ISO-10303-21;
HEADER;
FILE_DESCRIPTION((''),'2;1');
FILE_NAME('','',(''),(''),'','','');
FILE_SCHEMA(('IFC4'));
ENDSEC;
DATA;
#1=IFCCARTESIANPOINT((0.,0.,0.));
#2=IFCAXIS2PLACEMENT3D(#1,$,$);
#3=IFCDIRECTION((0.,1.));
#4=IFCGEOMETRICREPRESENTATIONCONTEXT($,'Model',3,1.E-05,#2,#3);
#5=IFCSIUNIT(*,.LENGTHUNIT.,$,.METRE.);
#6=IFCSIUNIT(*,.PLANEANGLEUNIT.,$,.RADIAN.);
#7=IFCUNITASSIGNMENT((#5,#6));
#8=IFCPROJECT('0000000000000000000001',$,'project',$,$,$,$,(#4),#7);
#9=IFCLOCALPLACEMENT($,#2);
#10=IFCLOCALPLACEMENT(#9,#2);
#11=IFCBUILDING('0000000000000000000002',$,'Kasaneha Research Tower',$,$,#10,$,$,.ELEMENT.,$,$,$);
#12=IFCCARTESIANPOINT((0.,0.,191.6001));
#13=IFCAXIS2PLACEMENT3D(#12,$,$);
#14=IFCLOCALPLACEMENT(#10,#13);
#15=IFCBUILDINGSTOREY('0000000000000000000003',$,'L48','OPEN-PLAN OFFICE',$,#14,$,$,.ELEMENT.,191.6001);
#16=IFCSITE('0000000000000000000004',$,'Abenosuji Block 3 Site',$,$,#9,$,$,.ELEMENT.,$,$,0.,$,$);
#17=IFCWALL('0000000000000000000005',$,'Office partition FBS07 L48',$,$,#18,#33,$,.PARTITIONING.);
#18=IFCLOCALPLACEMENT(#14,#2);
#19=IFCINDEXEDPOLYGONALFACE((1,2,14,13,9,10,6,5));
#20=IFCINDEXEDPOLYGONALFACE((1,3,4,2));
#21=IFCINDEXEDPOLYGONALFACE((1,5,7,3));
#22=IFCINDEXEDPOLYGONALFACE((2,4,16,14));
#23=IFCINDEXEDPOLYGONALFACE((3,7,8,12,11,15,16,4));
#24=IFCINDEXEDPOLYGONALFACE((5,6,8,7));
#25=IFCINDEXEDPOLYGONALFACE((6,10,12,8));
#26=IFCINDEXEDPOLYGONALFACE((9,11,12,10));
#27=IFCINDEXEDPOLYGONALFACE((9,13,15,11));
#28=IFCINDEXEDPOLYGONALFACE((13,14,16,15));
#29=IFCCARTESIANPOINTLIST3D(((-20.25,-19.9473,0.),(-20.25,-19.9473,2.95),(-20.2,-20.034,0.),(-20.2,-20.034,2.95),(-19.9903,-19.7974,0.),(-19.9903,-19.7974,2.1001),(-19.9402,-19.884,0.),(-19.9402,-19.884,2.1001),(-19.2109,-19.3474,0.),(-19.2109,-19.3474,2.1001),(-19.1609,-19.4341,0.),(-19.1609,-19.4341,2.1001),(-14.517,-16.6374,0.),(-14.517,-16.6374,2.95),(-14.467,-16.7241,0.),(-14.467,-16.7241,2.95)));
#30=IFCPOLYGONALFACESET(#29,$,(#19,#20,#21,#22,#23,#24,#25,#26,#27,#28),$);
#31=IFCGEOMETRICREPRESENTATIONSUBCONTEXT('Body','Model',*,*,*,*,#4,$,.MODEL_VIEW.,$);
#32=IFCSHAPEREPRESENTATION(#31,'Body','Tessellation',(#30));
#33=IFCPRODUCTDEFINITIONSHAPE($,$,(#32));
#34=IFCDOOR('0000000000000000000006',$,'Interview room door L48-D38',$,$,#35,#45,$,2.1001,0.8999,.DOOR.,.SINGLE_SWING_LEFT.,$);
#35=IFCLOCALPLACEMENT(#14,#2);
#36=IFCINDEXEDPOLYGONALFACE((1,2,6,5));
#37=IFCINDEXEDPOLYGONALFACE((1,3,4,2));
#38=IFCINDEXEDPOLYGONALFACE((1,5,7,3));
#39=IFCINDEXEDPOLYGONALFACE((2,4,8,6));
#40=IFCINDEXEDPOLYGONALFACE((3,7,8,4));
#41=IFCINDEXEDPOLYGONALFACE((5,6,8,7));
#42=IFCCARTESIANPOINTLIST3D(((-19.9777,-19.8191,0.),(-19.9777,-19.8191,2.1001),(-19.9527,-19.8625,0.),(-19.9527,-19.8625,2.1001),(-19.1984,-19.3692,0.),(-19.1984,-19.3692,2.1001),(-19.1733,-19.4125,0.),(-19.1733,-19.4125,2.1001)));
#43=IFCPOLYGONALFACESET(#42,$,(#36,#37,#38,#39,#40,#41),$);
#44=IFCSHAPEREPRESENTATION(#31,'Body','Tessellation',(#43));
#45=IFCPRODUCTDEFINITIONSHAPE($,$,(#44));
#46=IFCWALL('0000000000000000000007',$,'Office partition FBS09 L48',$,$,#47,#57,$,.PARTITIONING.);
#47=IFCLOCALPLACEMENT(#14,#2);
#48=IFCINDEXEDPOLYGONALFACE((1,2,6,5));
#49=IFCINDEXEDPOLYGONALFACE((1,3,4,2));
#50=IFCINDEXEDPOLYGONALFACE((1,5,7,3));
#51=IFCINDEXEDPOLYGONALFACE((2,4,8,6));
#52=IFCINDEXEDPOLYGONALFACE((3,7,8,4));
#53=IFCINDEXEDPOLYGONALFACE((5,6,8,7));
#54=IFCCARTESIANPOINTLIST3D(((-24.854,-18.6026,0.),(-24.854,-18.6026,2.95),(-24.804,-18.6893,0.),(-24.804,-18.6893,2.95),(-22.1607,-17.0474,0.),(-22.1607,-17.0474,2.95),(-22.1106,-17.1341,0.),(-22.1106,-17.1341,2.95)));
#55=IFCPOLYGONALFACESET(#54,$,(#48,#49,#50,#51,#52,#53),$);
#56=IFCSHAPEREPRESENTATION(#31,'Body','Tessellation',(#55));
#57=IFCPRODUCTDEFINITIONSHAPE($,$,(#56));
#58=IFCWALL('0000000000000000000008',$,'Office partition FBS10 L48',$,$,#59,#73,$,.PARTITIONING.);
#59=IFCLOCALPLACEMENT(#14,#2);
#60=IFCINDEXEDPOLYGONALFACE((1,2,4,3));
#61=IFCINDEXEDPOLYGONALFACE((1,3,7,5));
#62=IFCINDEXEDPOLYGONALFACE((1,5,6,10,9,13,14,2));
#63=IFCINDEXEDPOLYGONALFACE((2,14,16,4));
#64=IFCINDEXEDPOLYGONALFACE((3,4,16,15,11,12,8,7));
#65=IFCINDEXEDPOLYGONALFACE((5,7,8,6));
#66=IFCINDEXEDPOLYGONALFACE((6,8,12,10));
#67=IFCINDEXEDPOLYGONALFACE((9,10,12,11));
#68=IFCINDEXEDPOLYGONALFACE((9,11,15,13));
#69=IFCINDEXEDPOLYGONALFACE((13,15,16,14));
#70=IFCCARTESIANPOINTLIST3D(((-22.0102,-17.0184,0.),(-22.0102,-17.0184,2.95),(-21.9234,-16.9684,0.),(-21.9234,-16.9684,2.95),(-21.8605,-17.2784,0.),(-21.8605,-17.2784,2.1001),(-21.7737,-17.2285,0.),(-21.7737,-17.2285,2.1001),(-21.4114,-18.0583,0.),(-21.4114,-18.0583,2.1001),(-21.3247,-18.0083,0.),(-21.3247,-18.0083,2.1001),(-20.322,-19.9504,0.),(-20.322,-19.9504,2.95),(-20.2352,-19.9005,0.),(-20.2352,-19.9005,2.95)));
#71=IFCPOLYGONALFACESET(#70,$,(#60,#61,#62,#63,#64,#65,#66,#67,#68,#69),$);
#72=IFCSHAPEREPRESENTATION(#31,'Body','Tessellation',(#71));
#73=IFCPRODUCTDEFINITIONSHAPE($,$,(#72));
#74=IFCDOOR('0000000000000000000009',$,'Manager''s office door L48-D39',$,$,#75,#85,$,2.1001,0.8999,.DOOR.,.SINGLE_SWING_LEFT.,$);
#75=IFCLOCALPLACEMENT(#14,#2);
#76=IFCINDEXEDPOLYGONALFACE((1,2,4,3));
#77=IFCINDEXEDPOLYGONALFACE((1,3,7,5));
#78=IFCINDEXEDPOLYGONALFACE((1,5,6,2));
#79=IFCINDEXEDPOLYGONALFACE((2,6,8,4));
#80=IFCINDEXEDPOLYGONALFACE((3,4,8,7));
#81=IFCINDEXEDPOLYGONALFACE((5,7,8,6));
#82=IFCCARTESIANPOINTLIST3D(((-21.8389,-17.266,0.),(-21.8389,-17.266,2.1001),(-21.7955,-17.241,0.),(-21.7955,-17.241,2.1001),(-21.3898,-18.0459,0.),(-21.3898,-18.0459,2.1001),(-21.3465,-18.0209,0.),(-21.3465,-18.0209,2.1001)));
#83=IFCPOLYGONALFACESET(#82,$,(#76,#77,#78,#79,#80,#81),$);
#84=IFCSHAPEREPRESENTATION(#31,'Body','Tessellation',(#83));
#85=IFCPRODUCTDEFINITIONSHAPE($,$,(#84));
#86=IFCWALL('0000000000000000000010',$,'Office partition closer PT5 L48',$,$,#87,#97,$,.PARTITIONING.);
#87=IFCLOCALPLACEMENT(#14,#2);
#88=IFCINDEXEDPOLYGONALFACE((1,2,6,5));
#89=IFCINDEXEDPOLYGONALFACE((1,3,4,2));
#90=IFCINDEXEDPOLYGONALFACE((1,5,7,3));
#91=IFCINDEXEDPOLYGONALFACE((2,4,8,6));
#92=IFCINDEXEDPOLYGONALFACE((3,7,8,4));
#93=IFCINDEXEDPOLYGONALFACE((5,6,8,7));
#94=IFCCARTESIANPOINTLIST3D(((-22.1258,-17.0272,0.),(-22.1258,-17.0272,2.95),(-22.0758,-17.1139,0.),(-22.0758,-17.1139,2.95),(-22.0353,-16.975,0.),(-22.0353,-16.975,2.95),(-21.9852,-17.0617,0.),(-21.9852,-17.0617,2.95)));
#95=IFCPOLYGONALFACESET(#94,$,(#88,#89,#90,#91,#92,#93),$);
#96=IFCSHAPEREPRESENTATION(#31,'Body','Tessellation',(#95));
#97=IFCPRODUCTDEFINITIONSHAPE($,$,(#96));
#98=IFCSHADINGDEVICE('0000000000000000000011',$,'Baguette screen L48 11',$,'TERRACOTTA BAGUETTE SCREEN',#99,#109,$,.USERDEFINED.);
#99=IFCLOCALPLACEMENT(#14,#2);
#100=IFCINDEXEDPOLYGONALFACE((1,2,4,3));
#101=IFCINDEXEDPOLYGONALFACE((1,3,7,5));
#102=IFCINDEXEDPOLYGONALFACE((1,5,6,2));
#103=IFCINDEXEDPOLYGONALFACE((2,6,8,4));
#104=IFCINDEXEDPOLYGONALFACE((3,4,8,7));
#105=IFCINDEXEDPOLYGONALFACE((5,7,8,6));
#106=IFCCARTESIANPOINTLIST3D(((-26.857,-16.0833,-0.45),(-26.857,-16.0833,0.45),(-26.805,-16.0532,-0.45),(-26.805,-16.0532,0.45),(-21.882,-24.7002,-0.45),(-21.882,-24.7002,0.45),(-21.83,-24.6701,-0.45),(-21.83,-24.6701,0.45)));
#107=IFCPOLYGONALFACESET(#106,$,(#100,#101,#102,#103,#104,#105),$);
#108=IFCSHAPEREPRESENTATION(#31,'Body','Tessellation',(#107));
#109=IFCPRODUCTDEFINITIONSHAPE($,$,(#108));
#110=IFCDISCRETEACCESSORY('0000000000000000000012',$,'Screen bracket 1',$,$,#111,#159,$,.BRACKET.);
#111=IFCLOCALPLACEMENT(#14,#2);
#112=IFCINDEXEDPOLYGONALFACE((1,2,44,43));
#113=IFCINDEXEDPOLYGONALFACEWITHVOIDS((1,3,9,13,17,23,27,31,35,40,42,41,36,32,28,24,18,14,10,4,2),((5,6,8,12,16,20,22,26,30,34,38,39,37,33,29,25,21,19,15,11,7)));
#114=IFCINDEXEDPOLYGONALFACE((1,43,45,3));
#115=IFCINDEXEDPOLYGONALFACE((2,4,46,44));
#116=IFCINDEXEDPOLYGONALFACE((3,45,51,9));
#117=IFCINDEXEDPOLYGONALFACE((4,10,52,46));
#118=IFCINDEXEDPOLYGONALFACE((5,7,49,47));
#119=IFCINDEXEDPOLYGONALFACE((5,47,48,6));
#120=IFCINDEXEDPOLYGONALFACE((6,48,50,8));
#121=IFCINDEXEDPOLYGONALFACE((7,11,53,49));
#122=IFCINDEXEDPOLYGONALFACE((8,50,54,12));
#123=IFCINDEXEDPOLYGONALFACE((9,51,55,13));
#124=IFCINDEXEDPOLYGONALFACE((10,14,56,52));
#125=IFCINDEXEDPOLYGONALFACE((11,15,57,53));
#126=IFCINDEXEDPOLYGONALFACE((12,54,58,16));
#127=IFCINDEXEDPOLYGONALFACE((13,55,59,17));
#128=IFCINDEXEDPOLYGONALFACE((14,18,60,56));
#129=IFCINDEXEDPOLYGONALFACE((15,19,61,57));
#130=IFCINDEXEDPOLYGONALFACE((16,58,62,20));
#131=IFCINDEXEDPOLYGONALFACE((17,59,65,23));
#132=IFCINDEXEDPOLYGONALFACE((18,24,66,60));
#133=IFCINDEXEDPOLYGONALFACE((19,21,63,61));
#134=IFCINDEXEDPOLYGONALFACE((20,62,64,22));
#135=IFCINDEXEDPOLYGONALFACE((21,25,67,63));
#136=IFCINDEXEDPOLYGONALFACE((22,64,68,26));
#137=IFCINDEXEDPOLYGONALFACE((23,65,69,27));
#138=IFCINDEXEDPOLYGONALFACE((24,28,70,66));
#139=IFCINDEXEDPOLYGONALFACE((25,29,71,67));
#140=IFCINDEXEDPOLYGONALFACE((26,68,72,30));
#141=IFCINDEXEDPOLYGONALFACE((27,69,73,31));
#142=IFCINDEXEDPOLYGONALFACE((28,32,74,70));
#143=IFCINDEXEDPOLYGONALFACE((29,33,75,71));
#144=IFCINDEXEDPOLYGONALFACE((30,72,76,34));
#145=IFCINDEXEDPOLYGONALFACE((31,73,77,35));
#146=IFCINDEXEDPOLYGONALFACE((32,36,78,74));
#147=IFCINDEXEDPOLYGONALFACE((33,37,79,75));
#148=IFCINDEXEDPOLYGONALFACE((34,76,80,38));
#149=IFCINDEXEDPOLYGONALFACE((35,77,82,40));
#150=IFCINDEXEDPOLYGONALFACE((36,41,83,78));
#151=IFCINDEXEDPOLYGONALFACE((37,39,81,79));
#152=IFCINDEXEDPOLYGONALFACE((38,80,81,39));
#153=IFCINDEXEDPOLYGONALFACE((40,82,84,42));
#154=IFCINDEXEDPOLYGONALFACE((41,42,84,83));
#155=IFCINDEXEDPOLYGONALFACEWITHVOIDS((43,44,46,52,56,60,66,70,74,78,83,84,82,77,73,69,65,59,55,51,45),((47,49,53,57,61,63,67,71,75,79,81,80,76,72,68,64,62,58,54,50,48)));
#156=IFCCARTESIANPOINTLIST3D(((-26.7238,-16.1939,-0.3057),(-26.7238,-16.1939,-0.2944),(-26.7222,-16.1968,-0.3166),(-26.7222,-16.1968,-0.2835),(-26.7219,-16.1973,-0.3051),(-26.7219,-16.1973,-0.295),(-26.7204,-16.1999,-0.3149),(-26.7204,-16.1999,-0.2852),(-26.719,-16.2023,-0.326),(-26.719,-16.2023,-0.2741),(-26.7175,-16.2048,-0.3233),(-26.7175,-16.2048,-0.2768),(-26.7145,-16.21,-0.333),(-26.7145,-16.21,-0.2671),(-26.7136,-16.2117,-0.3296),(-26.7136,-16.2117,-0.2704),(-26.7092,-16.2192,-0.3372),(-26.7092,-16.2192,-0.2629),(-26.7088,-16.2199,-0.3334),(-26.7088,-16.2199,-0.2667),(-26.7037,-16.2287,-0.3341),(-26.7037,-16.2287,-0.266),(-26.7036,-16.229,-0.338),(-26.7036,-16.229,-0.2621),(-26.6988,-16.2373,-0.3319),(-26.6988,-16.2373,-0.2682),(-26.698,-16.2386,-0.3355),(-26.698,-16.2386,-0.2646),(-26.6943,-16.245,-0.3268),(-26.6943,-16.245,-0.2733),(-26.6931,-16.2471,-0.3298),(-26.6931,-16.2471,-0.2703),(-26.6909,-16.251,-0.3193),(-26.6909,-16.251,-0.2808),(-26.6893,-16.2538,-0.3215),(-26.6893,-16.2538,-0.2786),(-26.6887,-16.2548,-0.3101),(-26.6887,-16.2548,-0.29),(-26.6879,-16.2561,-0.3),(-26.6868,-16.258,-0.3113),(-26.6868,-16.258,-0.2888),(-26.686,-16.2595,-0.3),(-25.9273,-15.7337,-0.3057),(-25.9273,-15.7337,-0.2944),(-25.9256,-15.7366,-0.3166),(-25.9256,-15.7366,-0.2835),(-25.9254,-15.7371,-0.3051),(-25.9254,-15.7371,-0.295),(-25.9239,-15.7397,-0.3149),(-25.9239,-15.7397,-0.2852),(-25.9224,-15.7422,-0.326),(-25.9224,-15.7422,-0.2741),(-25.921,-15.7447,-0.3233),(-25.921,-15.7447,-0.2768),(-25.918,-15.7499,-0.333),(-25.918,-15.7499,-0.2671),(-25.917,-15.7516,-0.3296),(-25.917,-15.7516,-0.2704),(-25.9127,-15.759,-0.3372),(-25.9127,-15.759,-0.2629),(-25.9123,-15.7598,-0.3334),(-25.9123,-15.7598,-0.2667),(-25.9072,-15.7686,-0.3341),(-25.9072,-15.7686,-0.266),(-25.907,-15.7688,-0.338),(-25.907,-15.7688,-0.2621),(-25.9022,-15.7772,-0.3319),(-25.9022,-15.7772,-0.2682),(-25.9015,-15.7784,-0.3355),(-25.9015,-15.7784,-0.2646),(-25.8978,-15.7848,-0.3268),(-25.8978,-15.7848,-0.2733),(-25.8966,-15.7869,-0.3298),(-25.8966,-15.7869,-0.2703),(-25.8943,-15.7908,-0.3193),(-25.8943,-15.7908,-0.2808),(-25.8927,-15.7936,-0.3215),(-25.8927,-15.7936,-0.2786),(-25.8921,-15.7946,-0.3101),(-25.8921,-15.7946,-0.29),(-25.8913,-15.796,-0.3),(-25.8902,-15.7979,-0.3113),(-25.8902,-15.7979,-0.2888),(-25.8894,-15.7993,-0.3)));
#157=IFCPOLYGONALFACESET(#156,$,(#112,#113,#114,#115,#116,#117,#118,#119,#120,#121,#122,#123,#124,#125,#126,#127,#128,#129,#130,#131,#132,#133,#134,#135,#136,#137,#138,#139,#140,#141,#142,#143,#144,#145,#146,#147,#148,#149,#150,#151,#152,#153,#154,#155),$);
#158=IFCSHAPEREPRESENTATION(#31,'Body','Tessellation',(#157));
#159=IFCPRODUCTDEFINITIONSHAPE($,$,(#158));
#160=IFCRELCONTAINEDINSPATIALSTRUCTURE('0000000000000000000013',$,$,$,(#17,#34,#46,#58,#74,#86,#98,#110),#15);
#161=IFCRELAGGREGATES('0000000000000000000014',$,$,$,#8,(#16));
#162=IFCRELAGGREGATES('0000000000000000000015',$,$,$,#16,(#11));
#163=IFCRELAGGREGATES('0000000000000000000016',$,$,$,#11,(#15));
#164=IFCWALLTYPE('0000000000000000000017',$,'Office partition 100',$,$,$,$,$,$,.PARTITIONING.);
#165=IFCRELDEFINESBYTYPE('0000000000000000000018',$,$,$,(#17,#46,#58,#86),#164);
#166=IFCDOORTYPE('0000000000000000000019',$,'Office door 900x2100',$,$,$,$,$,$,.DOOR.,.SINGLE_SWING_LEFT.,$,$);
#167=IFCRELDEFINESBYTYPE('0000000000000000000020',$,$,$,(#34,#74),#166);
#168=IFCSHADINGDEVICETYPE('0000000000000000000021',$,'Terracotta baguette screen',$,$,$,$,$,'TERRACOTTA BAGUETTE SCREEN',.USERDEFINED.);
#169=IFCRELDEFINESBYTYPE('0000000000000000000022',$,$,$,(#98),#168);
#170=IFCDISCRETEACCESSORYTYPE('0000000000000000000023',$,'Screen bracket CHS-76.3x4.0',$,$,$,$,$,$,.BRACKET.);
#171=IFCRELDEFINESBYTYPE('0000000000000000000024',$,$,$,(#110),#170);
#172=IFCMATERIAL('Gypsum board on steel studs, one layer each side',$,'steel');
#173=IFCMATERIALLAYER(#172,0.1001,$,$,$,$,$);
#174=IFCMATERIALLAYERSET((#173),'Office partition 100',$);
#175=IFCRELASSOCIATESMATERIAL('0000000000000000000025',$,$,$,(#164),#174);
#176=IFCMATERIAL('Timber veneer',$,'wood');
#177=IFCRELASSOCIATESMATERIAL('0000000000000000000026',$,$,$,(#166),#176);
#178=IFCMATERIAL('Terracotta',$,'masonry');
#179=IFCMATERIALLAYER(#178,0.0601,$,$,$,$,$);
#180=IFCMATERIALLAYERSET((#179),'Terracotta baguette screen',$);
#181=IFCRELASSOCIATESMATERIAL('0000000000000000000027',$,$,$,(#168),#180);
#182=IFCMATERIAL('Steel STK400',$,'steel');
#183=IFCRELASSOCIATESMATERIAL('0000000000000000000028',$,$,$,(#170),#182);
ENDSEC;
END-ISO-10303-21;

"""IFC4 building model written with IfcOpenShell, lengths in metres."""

from ifc_helpers import new_model, si_unit, direction, frame, frame_2d, origin, origin_2d, place, context, subcontext, project, spatial, rectangle, hollow_circle, extrude, material, layer, layer_set, material_profile, profile_set, type_object, element, fill, save


model = new_model("IFC4")

# Units and contexts
model_context = context("Model", 3, precision=1e-05, world=origin(), true_north=direction((0.0, 1.0)))
body_context = subcontext(model_context, "Body", "Model", "MODEL_VIEW")
ifc_project = project(units=[si_unit("LENGTHUNIT", "METRE"), si_unit("PLANEANGLEUNIT", "RADIAN")], contexts=[model_context])

# Site, building, storey
site_placement = place(None, origin())
site = spatial("IfcSite", under=ifc_project, at=site_placement, Name="Abenosuji Block 3 Site", CompositionType="ELEMENT", RefElevation=0.0)
building_placement = place(site_placement, origin())
building = spatial("IfcBuilding", under=site, at=building_placement, Name="Kasaneha Research Tower", CompositionType="ELEMENT")
storey_placement = place(building_placement, frame((0.0, 0.0, 191.6001)))
storey = spatial("IfcBuildingStorey", under=building, at=storey_placement, Name="L48", Description="OPEN-PLAN OFFICE", CompositionType="ELEMENT", Elevation=191.6001)

# Shared definitions
ifc_material_1 = material(Name="Gypsum board on steel studs, one layer each side", Category="steel")
ifc_layer_1 = layer(ifc_material_1, 0.1001)
ifc_layer_set_1 = layer_set([ifc_layer_1], Name="Office partition 100")
wall_type = type_object("IfcWallType", Name="Office partition 100", PredefinedType="PARTITIONING", material=ifc_layer_set_1)

# Wall, opening, door
wall_1_placement = place(storey_placement, frame((-20.2251, -19.9907, 0.0), z_axis=(0.0, 0.0, 1.0), x_axis=(0.866031, 0.499991, 0.0)))
wall_1 = element("IfcWall", 1, at=wall_1_placement, inside=storey, type_object=wall_type, Name="Office partition FBS07 L48", PredefinedType="PARTITIONING", context=body_context, shape_type="SweptSolid", body=[
    extrude(rectangle(XDim=6.6199, YDim=0.1001, at=frame_2d((3.3101, 0.0))), origin(), (0.0, 0.0, 1.0), 2.95),
])
opening_1_placement = place(wall_1_placement, frame((0.3, 0.0, 0.0)))
opening_1 = element("IfcOpeningElement", 2, at=opening_1_placement, cuts=wall_1, PredefinedType="OPENING", context=body_context, shape_type="SweptSolid", body=[
    extrude(rectangle(XDim=0.8999, YDim=2.1001, at=frame_2d((0.45, 1.05))), frame((0.0, 0.0601, 0.0), z_axis=(0.0, -1.0, 0.0), x_axis=(1.0, 0.0, 0.0)), (0.0, 0.0, 1.0), 0.1201),
])
ifc_material_2 = material(Name="Timber veneer", Category="wood")
door_type = type_object("IfcDoorType", Name="Office door 900x2100", OperationType="SINGLE_SWING_LEFT", PredefinedType="DOOR", material=ifc_material_2)
door_1_placement = place(opening_1_placement, origin())
door_1 = element("IfcDoor", 3, at=door_1_placement, inside=storey, type_object=door_type, Name="Interview room door L48-D38", OperationType="SINGLE_SWING_LEFT", OverallHeight=2.1001, OverallWidth=0.8999, PredefinedType="DOOR", context=body_context, shape_type="SweptSolid", body=[
    extrude(rectangle(XDim=0.8999, YDim=2.1001, at=frame_2d((0.45, 1.05))), frame((0.0, 0.0249, 0.0), z_axis=(0.0, -1.0, 0.0), x_axis=(1.0, 0.0, 0.0)), (0.0, 0.0, 1.0), 0.05),
])
fill(opening_1, door_1)

# Wall
wall_2_placement = place(storey_placement, frame((-24.8291, -18.646, 0.0), z_axis=(0.0, 0.0, 1.0), x_axis=(0.866003, 0.50004, 0.0)))
element("IfcWall", 4, at=wall_2_placement, inside=storey, type_object=wall_type, Name="Office partition FBS09 L48", PredefinedType="PARTITIONING", context=body_context, shape_type="SweptSolid", body=[
    extrude(rectangle(XDim=3.1101, YDim=0.1001, at=frame_2d((1.5552, 0.0))), origin(), (0.0, 0.0, 1.0), 2.95),
])

# Wall, opening, door
wall_3_placement = place(storey_placement, frame((-21.9668, -16.9934, 0.0), z_axis=(0.0, 0.0, 1.0), x_axis=(0.498973, -0.866618, 0.0)))
wall_3 = element("IfcWall", 5, at=wall_3_placement, inside=storey, type_object=wall_type, Name="Office partition FBS10 L48", PredefinedType="PARTITIONING", context=body_context, shape_type="SweptSolid", body=[
    extrude(rectangle(XDim=3.3833, YDim=0.1001, at=frame_2d((1.6917, 0.0))), origin(), (0.0, 0.0, 1.0), 2.95),
])
opening_2_placement = place(wall_3_placement, frame((0.3, 0.0, 0.0)))
opening_2 = element("IfcOpeningElement", 6, at=opening_2_placement, cuts=wall_3, PredefinedType="OPENING", context=body_context, shape_type="SweptSolid", body=[
    extrude(rectangle(XDim=0.8999, YDim=2.1001, at=frame_2d((0.45, 1.05))), frame((0.0, 0.0601, 0.0), z_axis=(0.0, -1.0, 0.0), x_axis=(1.0, 0.0, 0.0)), (0.0, 0.0, 1.0), 0.1201),
])
door_2_placement = place(opening_2_placement, origin())
door_2 = element("IfcDoor", 7, at=door_2_placement, inside=storey, type_object=door_type, Name="Manager's office door L48-D39", OperationType="SINGLE_SWING_LEFT", OverallHeight=2.1001, OverallWidth=0.8999, PredefinedType="DOOR", context=body_context, shape_type="SweptSolid", body=[
    extrude(rectangle(XDim=0.8999, YDim=2.1001, at=frame_2d((0.45, 1.05))), frame((0.0, 0.0249, 0.0), z_axis=(0.0, -1.0, 0.0), x_axis=(1.0, 0.0, 0.0)), (0.0, 0.0, 1.0), 0.05),
])
fill(opening_2, door_2)

# Wall
wall_4_placement = place(storey_placement, frame((-22.0103, -17.0183, 0.0), z_axis=(0.0, 0.0, 1.0), x_axis=(-0.866224, -0.499655, 0.0)))
element("IfcWall", 8, at=wall_4_placement, inside=storey, type_object=wall_type, Name="Office partition closer PT5 L48", PredefinedType="PARTITIONING", context=body_context, shape_type="SweptSolid", body=[
    extrude(rectangle(XDim=0.1045, YDim=0.1001, at=frame_2d((0.0522, 0.0))), origin(), (0.0, 0.0, 1.0), 2.95),
])

# Shading device
ifc_material_3 = material(Name="Terracotta", Category="masonry")
ifc_layer_2 = layer(ifc_material_3, 0.0601)
ifc_layer_set_2 = layer_set([ifc_layer_2], Name="Terracotta baguette screen")
shading_device_type = type_object("IfcShadingDeviceType", Name="Terracotta baguette screen", ElementType="TERRACOTTA BAGUETTE SCREEN", PredefinedType="USERDEFINED", material=ifc_layer_set_2)
shading_device_placement = place(storey_placement, frame((-24.3435, -20.3767, -0.45), z_axis=(0.0, 0.0, 1.0), x_axis=(0.5, -0.866025, 0.0)))
element("IfcShadingDevice", 9, at=shading_device_placement, inside=storey, type_object=shading_device_type, Name="Baguette screen L48 11", ObjectType="TERRACOTTA BAGUETTE SCREEN", PredefinedType="USERDEFINED", context=body_context, shape_type="SweptSolid", body=[
    extrude(rectangle(XDim=9.95, YDim=0.0601, at=origin_2d()), origin(), (0.0, 0.0, 1.0), 0.8999),
])

# Discrete accessory
ifc_material_4 = material(Name="Steel STK400", Category="steel")
ifc_material_profile_1 = material_profile(ifc_material_4, hollow_circle(Radius=0.0381, WallThickness=0.0039, at=origin_2d()), Name="CHS-76.3x4.0")
ifc_profile_set_1 = profile_set([ifc_material_profile_1], Name="Steel STK400")
discrete_accessory_type = type_object("IfcDiscreteAccessoryType", Name="Screen bracket CHS-76.3x4.0", PredefinedType="BRACKET", material=ifc_profile_set_1)
discrete_accessory_1_placement = place(storey_placement, frame((-25.9084, -15.7664, -0.3), z_axis=(-0.865898, -0.50022, 0.0), x_axis=(0.50022, -0.865898, 0.0)))
element("IfcDiscreteAccessory", 10, at=discrete_accessory_1_placement, inside=storey, type_object=discrete_accessory_type, Name="Screen bracket 1", PredefinedType="BRACKET", context=body_context, shape_type="SweptSolid", body=[
    extrude(hollow_circle(Radius=0.0381, WallThickness=0.0039, at=origin_2d()), origin(), (0.0, 0.0, 1.0), 0.9199),
])

save(model, "model.ifc")
